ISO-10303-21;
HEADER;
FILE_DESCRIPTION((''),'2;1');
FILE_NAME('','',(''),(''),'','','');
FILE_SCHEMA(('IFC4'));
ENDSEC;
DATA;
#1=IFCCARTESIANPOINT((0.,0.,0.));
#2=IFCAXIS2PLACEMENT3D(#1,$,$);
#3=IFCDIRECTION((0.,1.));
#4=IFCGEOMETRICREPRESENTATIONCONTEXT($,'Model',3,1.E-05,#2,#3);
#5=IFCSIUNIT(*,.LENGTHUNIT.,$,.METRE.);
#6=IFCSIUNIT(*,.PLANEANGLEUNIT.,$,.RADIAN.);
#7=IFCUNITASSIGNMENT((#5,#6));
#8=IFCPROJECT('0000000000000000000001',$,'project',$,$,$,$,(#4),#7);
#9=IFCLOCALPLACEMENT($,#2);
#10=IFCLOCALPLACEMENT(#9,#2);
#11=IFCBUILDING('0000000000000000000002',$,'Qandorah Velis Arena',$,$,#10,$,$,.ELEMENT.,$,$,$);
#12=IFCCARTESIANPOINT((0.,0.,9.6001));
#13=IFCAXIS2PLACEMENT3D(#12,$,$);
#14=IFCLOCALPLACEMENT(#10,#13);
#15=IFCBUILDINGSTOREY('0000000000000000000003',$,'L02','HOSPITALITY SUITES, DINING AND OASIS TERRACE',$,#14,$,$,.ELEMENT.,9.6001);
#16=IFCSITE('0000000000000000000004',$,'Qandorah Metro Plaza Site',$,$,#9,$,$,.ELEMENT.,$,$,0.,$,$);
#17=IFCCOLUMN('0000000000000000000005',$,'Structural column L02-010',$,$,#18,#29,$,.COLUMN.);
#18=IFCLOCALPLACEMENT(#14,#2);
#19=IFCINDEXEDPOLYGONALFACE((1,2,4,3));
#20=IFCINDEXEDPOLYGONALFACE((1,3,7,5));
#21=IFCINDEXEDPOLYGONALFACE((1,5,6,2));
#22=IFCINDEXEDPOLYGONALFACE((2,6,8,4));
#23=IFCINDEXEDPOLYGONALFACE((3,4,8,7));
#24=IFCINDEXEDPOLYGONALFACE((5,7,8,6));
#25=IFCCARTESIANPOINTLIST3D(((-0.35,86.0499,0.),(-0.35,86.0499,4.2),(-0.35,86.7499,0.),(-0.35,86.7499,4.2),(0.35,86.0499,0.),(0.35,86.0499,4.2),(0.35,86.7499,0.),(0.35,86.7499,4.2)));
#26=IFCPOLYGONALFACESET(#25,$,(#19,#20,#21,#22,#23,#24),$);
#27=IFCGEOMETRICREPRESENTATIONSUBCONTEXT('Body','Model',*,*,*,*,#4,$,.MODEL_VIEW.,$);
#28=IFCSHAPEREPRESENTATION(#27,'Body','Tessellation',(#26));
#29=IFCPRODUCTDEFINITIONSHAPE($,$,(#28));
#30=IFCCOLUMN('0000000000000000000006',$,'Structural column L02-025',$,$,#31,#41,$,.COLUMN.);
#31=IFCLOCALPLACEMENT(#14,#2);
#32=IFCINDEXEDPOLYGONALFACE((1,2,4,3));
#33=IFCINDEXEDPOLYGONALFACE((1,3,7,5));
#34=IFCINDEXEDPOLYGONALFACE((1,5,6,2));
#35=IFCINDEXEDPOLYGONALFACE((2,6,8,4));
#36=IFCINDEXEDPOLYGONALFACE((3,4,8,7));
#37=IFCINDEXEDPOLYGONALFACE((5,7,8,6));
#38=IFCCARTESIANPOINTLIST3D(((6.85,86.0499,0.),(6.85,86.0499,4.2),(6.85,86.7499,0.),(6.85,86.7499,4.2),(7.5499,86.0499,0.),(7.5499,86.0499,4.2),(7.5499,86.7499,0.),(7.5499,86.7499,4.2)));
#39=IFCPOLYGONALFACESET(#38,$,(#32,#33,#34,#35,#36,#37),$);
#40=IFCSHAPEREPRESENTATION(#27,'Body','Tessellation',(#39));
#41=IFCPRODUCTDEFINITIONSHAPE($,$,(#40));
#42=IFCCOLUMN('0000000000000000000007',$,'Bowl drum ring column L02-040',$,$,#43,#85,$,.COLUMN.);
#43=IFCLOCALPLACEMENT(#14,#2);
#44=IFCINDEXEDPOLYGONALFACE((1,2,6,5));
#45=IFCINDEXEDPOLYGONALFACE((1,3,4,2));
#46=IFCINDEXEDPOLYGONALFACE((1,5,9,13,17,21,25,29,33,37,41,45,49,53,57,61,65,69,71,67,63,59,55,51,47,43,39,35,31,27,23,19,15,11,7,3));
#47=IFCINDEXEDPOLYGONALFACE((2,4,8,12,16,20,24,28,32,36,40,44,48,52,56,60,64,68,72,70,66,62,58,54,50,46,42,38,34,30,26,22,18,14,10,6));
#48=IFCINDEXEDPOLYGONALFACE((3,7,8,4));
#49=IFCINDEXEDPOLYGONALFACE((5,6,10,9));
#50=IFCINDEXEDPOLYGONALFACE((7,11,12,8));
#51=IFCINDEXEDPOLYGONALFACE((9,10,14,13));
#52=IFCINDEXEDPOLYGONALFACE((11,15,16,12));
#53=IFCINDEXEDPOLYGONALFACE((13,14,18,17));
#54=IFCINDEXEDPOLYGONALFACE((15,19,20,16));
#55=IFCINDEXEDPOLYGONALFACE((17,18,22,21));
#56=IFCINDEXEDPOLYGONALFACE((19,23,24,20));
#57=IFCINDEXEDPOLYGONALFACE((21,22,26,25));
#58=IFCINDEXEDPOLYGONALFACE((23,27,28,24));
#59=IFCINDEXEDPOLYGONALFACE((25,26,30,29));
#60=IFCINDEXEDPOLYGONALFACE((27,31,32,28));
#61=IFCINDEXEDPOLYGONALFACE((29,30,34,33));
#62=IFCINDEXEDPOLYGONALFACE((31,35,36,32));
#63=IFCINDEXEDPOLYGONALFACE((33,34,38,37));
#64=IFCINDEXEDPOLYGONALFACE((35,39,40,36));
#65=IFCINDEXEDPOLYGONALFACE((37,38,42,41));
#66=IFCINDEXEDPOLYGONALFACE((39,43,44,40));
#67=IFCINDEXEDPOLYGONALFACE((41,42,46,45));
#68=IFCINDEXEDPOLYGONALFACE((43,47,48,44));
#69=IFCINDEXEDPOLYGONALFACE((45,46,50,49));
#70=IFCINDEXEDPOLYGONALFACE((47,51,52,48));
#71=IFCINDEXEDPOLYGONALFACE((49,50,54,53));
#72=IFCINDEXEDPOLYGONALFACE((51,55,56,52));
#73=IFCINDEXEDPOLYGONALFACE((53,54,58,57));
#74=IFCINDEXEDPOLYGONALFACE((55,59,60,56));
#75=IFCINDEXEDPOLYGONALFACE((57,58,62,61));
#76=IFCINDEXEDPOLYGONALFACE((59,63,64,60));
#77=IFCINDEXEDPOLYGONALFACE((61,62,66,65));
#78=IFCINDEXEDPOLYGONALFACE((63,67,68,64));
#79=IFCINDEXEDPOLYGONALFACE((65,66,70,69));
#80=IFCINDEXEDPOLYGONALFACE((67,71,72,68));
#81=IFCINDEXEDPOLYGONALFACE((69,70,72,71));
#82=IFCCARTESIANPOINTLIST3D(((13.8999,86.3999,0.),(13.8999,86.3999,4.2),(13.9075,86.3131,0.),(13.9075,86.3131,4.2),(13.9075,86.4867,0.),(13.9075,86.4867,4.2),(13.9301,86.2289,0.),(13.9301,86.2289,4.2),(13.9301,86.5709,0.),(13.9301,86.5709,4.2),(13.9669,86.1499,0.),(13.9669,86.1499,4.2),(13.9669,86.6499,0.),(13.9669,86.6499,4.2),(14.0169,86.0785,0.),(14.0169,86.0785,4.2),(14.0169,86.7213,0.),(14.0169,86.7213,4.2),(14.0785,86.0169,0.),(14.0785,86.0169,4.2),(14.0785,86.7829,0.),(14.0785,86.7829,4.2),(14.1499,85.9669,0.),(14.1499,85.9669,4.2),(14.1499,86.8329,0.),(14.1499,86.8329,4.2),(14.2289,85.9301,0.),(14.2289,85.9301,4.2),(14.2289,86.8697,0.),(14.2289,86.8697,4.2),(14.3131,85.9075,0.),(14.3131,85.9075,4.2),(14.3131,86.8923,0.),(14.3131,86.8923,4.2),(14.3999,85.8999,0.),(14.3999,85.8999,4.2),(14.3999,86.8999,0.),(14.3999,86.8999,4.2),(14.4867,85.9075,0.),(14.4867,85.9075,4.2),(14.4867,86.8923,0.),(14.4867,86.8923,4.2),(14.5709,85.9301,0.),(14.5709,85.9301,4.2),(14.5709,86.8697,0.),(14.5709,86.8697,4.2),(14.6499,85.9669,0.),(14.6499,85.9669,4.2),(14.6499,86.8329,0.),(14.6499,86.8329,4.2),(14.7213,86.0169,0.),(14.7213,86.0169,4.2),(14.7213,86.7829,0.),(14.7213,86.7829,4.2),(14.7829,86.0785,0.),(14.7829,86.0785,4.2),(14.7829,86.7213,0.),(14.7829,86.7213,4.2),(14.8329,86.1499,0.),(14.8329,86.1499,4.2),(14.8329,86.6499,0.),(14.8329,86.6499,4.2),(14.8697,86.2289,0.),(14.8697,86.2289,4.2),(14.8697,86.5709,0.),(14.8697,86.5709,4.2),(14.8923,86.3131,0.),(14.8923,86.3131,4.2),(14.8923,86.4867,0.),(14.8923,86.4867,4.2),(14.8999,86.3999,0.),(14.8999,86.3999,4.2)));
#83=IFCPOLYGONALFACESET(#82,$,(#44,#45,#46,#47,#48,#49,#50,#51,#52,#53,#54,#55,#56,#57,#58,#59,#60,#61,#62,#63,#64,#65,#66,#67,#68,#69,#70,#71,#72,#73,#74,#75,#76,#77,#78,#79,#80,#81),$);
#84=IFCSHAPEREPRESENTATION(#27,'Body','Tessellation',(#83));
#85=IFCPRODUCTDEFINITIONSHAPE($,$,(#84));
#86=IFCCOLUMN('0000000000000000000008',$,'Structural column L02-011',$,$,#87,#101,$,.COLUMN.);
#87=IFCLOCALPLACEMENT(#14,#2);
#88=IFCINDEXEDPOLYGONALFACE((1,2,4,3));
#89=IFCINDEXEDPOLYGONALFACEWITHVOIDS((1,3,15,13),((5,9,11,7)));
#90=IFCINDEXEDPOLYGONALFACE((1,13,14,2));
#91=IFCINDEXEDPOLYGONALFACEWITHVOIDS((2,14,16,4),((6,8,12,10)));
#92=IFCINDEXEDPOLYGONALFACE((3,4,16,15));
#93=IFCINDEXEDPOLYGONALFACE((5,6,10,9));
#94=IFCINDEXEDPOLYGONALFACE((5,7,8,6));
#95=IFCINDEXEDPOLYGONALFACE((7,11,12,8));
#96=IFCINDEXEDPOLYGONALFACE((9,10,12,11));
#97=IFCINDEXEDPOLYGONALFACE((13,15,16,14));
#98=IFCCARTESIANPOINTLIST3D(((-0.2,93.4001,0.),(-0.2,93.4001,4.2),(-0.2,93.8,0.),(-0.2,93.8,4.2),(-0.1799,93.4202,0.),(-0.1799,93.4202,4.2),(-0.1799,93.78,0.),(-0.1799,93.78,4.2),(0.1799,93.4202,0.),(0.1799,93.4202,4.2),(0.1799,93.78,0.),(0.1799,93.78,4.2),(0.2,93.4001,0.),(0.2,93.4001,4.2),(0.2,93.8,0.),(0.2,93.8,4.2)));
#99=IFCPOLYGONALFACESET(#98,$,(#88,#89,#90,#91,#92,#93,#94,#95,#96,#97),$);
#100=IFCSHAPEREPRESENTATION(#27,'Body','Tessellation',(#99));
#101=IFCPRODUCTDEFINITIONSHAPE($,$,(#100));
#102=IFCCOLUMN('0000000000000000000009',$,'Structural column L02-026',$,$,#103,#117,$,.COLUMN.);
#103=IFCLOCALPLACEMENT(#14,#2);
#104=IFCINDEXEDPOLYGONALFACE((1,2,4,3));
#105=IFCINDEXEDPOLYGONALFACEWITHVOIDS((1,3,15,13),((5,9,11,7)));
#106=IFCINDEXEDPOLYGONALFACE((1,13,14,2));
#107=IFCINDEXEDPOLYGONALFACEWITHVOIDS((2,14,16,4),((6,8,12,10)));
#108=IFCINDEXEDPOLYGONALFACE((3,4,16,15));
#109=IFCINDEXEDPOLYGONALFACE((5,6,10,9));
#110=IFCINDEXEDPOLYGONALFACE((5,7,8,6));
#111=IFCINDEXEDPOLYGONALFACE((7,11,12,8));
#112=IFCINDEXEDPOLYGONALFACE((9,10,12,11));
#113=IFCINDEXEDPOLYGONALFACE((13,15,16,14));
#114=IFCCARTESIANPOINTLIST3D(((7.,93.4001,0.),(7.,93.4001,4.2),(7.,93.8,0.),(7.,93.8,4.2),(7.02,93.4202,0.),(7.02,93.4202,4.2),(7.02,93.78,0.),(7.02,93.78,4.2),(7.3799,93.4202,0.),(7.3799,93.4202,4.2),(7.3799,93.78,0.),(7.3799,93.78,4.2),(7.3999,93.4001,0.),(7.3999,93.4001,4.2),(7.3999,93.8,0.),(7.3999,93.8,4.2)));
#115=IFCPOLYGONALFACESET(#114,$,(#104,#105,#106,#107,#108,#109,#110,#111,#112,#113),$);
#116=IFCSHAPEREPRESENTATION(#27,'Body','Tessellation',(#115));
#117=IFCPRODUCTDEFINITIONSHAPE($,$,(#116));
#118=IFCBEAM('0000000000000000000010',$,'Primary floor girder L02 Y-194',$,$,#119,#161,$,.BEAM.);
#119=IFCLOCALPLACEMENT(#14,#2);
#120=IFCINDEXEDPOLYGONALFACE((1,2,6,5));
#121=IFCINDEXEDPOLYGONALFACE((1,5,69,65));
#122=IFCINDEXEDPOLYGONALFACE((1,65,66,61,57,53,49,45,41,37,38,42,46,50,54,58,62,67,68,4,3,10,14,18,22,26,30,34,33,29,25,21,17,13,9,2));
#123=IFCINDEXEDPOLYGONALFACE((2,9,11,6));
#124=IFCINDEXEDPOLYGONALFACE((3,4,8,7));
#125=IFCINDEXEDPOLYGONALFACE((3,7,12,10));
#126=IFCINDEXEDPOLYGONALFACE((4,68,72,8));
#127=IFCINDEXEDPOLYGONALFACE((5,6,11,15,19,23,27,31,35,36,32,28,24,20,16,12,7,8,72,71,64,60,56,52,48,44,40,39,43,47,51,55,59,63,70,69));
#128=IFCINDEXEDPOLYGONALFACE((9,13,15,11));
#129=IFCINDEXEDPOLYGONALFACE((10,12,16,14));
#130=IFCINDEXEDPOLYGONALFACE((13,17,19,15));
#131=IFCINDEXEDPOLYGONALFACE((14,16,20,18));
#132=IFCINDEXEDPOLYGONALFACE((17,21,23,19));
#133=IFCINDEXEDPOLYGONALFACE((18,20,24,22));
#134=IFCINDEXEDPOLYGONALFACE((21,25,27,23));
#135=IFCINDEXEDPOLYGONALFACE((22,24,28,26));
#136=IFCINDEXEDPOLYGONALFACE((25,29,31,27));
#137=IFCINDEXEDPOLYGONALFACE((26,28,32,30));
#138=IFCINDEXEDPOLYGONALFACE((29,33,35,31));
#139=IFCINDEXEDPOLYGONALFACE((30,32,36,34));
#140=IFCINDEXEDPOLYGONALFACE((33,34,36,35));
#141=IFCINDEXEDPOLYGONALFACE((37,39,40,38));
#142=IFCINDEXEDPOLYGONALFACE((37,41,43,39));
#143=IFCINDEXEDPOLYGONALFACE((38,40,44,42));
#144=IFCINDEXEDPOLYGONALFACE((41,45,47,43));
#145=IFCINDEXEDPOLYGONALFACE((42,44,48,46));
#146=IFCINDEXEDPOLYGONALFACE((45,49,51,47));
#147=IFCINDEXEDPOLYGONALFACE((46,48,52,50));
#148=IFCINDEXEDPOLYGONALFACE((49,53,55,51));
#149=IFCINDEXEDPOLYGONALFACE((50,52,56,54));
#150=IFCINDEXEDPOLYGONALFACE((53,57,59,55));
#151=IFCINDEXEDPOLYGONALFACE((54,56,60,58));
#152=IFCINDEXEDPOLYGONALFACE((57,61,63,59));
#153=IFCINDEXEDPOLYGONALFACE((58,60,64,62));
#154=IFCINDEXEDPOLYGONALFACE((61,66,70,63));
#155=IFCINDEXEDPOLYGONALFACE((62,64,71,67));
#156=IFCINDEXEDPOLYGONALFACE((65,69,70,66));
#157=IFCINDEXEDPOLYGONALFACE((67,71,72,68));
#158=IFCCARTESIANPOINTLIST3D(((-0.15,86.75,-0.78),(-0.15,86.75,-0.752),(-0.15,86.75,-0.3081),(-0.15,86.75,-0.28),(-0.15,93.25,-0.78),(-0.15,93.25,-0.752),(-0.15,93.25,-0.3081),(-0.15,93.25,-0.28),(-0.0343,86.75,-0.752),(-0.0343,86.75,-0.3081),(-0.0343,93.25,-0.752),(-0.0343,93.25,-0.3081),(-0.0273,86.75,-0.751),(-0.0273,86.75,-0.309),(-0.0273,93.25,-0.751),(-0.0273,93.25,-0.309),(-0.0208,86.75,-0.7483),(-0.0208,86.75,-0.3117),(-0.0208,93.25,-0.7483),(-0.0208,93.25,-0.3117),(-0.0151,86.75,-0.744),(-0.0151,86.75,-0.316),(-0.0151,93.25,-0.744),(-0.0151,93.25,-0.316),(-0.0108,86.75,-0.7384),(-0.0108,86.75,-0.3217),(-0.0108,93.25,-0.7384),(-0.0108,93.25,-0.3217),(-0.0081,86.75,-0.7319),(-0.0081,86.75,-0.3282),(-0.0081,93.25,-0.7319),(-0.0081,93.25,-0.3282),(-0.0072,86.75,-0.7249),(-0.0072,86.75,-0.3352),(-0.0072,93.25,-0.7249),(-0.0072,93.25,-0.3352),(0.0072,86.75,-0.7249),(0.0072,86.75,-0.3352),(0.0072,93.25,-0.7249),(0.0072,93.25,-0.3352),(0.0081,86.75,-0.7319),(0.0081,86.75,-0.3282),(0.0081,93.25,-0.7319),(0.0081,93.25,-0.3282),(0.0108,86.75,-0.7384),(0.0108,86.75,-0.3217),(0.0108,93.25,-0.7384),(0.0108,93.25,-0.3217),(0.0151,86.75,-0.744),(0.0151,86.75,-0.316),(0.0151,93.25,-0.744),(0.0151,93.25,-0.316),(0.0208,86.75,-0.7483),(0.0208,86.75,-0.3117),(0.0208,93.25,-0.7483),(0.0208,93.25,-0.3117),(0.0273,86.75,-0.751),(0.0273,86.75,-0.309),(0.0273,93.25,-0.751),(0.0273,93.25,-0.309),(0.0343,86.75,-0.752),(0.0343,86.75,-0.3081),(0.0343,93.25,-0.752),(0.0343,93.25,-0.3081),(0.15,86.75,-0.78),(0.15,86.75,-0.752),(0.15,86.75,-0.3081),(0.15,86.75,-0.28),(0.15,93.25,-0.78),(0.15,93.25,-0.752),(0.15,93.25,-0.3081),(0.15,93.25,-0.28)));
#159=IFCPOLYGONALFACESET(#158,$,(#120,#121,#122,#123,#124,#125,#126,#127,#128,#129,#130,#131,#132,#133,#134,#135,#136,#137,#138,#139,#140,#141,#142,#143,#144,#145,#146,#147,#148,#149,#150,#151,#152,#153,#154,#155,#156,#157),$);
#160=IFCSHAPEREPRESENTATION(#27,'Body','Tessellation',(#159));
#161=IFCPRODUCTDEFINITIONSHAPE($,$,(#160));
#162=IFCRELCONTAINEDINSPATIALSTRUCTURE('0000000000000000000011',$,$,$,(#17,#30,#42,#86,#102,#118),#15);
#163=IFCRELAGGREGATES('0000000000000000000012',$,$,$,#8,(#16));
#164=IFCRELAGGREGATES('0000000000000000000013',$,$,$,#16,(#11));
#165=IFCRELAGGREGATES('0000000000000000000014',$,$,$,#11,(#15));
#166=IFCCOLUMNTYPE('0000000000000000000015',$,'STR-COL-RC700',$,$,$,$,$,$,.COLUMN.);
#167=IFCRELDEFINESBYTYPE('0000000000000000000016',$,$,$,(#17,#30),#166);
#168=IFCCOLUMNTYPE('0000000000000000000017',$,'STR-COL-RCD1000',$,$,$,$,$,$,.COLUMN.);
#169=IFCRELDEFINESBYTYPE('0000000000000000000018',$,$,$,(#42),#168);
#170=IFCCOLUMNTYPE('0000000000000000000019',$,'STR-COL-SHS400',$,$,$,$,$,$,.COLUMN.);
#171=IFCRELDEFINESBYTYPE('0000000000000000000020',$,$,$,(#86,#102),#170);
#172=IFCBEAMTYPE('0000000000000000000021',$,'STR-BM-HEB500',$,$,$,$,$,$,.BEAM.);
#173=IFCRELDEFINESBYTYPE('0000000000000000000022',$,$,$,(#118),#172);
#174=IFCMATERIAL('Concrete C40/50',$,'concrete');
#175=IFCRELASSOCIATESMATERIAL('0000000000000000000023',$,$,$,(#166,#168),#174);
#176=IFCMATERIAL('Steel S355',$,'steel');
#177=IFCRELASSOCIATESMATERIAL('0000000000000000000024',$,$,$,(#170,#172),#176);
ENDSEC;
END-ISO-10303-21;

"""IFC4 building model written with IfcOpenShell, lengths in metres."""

from ifc_helpers import new_model, si_unit, direction, frame, origin, origin_2d, place, context, subcontext, project, spatial, rectangle, hollow_rectangle, circle, i_section, extrude, material, material_profile, profile_set, type_object, element, save


model = new_model("IFC4")

# Units and contexts
model_context = context("Model", 3, precision=1e-05, world=origin(), true_north=direction((0.0, 1.0)))
body_context = subcontext(model_context, "Body", "Model", "MODEL_VIEW")
ifc_project = project(units=[si_unit("LENGTHUNIT", "METRE"), si_unit("PLANEANGLEUNIT", "RADIAN")], contexts=[model_context])

# Site, building, storey
site_placement = place(None, origin())
site = spatial("IfcSite", under=ifc_project, at=site_placement, Name="Qandorah Metro Plaza Site", CompositionType="ELEMENT", RefElevation=0.0)
building_placement = place(site_placement, origin())
building = spatial("IfcBuilding", under=site, at=building_placement, Name="Qandorah Velis Arena", CompositionType="ELEMENT")
storey_placement = place(building_placement, frame((0.0, 0.0, 9.6001)))
storey = spatial("IfcBuildingStorey", under=building, at=storey_placement, Name="L02", Description="HOSPITALITY SUITES, DINING AND OASIS TERRACE", CompositionType="ELEMENT", Elevation=9.6001)

# Columns
ifc_material_1 = material(Name="Concrete C40/50", Category="concrete")
ifc_material_profile_1 = material_profile(ifc_material_1, rectangle(XDim=0.7, YDim=0.7, at=origin_2d()), Name="RC COL 700x700")
ifc_profile_set_1 = profile_set([ifc_material_profile_1], Name="Concrete C40/50")
column_type_1 = type_object("IfcColumnType", Name="STR-COL-RC700", PredefinedType="COLUMN", material=ifc_profile_set_1)
for number, where, z_axis, x_axis, name in (
    (1, (0.0, 86.3999, 0.0), (0.0, 0.0, 1.0), (1.0, 0.0, 0.0), "Structural column L02-010"),
    (2, (7.2, 86.3999, 0.0), (0.0, 0.0, 1.0), (1.0, 0.0, 0.0), "Structural column L02-025"),
):
    element("IfcColumn", number, at=place(storey_placement, frame(where, z_axis=z_axis, x_axis=x_axis)), inside=storey, type_object=column_type_1, Name=name, PredefinedType="COLUMN", context=body_context, shape_type="SweptSolid", body=[
        extrude(rectangle(XDim=0.7, YDim=0.7, at=origin_2d()), origin(), (0.0, 0.0, 1.0), 4.2),
    ])
ifc_material_profile_2 = material_profile(ifc_material_1, circle(Radius=0.5, at=origin_2d()), Name="RC D1000")
ifc_profile_set_2 = profile_set([ifc_material_profile_2], Name="Concrete C40/50")
column_type_2 = type_object("IfcColumnType", Name="STR-COL-RCD1000", PredefinedType="COLUMN", material=ifc_profile_set_2)
column_placement = place(storey_placement, frame((14.3999, 86.3999, 0.0), z_axis=(0.0, 0.0, 1.0), x_axis=(1.0, 0.0, 0.0)))
element("IfcColumn", 3, at=column_placement, inside=storey, type_object=column_type_2, Name="Bowl drum ring column L02-040", PredefinedType="COLUMN", context=body_context, shape_type="SweptSolid", body=[
    extrude(circle(Radius=0.5, at=origin_2d()), origin(), (0.0, 0.0, 1.0), 4.2),
])
ifc_material_2 = material(Name="Steel S355", Category="steel")
ifc_material_profile_3 = material_profile(ifc_material_2, hollow_rectangle(XDim=0.3999, YDim=0.3999, WallThickness=0.02, at=origin_2d()), Name="SHS 400x400x20")
ifc_profile_set_3 = profile_set([ifc_material_profile_3], Name="Steel S355")
column_type_3 = type_object("IfcColumnType", Name="STR-COL-SHS400", PredefinedType="COLUMN", material=ifc_profile_set_3)
for number, where, z_axis, x_axis, name in (
    (4, (0.0, 93.6001, 0.0), (0.0, 0.0, 1.0), (1.0, 0.0, 0.0), "Structural column L02-011"),
    (5, (7.2, 93.6001, 0.0), (0.0, 0.0, 1.0), (1.0, 0.0, 0.0), "Structural column L02-026"),
):
    element("IfcColumn", number, at=place(storey_placement, frame(where, z_axis=z_axis, x_axis=x_axis)), inside=storey, type_object=column_type_3, Name=name, PredefinedType="COLUMN", context=body_context, shape_type="SweptSolid", body=[
        extrude(hollow_rectangle(XDim=0.3999, YDim=0.3999, WallThickness=0.02, at=origin_2d()), origin(), (0.0, 0.0, 1.0), 4.2),
    ])

# Beam
ifc_material_profile_4 = material_profile(ifc_material_2, i_section(OverallWidth=0.3, OverallDepth=0.5, WebThickness=0.0144, FlangeThickness=0.0281, FilletRadius=0.0271, at=origin_2d()), Name="HEB 500")
ifc_profile_set_4 = profile_set([ifc_material_profile_4], Name="Steel S355")
beam_type_1 = type_object("IfcBeamType", Name="STR-BM-HEB500", PredefinedType="BEAM", material=ifc_profile_set_4)
for number, where, z_axis, x_axis, name in (
    (6, (0.0, 86.75, -0.53), (0.0, 1.0, 0.0), (-1.0, 0.0, 0.0), "Primary floor girder L02 Y-194"),
):
    element("IfcBeam", number, at=place(storey_placement, frame(where, z_axis=z_axis, x_axis=x_axis)), inside=storey, type_object=beam_type_1, Name=name, PredefinedType="BEAM", context=body_context, shape_type="SweptSolid", body=[
        extrude(i_section(OverallWidth=0.3, OverallDepth=0.5, WebThickness=0.0144, FlangeThickness=0.0281, FilletRadius=0.0271, at=origin_2d()), origin(), (0.0, 0.0, 1.0), 6.5),
    ])

save(model, "model.ifc")
